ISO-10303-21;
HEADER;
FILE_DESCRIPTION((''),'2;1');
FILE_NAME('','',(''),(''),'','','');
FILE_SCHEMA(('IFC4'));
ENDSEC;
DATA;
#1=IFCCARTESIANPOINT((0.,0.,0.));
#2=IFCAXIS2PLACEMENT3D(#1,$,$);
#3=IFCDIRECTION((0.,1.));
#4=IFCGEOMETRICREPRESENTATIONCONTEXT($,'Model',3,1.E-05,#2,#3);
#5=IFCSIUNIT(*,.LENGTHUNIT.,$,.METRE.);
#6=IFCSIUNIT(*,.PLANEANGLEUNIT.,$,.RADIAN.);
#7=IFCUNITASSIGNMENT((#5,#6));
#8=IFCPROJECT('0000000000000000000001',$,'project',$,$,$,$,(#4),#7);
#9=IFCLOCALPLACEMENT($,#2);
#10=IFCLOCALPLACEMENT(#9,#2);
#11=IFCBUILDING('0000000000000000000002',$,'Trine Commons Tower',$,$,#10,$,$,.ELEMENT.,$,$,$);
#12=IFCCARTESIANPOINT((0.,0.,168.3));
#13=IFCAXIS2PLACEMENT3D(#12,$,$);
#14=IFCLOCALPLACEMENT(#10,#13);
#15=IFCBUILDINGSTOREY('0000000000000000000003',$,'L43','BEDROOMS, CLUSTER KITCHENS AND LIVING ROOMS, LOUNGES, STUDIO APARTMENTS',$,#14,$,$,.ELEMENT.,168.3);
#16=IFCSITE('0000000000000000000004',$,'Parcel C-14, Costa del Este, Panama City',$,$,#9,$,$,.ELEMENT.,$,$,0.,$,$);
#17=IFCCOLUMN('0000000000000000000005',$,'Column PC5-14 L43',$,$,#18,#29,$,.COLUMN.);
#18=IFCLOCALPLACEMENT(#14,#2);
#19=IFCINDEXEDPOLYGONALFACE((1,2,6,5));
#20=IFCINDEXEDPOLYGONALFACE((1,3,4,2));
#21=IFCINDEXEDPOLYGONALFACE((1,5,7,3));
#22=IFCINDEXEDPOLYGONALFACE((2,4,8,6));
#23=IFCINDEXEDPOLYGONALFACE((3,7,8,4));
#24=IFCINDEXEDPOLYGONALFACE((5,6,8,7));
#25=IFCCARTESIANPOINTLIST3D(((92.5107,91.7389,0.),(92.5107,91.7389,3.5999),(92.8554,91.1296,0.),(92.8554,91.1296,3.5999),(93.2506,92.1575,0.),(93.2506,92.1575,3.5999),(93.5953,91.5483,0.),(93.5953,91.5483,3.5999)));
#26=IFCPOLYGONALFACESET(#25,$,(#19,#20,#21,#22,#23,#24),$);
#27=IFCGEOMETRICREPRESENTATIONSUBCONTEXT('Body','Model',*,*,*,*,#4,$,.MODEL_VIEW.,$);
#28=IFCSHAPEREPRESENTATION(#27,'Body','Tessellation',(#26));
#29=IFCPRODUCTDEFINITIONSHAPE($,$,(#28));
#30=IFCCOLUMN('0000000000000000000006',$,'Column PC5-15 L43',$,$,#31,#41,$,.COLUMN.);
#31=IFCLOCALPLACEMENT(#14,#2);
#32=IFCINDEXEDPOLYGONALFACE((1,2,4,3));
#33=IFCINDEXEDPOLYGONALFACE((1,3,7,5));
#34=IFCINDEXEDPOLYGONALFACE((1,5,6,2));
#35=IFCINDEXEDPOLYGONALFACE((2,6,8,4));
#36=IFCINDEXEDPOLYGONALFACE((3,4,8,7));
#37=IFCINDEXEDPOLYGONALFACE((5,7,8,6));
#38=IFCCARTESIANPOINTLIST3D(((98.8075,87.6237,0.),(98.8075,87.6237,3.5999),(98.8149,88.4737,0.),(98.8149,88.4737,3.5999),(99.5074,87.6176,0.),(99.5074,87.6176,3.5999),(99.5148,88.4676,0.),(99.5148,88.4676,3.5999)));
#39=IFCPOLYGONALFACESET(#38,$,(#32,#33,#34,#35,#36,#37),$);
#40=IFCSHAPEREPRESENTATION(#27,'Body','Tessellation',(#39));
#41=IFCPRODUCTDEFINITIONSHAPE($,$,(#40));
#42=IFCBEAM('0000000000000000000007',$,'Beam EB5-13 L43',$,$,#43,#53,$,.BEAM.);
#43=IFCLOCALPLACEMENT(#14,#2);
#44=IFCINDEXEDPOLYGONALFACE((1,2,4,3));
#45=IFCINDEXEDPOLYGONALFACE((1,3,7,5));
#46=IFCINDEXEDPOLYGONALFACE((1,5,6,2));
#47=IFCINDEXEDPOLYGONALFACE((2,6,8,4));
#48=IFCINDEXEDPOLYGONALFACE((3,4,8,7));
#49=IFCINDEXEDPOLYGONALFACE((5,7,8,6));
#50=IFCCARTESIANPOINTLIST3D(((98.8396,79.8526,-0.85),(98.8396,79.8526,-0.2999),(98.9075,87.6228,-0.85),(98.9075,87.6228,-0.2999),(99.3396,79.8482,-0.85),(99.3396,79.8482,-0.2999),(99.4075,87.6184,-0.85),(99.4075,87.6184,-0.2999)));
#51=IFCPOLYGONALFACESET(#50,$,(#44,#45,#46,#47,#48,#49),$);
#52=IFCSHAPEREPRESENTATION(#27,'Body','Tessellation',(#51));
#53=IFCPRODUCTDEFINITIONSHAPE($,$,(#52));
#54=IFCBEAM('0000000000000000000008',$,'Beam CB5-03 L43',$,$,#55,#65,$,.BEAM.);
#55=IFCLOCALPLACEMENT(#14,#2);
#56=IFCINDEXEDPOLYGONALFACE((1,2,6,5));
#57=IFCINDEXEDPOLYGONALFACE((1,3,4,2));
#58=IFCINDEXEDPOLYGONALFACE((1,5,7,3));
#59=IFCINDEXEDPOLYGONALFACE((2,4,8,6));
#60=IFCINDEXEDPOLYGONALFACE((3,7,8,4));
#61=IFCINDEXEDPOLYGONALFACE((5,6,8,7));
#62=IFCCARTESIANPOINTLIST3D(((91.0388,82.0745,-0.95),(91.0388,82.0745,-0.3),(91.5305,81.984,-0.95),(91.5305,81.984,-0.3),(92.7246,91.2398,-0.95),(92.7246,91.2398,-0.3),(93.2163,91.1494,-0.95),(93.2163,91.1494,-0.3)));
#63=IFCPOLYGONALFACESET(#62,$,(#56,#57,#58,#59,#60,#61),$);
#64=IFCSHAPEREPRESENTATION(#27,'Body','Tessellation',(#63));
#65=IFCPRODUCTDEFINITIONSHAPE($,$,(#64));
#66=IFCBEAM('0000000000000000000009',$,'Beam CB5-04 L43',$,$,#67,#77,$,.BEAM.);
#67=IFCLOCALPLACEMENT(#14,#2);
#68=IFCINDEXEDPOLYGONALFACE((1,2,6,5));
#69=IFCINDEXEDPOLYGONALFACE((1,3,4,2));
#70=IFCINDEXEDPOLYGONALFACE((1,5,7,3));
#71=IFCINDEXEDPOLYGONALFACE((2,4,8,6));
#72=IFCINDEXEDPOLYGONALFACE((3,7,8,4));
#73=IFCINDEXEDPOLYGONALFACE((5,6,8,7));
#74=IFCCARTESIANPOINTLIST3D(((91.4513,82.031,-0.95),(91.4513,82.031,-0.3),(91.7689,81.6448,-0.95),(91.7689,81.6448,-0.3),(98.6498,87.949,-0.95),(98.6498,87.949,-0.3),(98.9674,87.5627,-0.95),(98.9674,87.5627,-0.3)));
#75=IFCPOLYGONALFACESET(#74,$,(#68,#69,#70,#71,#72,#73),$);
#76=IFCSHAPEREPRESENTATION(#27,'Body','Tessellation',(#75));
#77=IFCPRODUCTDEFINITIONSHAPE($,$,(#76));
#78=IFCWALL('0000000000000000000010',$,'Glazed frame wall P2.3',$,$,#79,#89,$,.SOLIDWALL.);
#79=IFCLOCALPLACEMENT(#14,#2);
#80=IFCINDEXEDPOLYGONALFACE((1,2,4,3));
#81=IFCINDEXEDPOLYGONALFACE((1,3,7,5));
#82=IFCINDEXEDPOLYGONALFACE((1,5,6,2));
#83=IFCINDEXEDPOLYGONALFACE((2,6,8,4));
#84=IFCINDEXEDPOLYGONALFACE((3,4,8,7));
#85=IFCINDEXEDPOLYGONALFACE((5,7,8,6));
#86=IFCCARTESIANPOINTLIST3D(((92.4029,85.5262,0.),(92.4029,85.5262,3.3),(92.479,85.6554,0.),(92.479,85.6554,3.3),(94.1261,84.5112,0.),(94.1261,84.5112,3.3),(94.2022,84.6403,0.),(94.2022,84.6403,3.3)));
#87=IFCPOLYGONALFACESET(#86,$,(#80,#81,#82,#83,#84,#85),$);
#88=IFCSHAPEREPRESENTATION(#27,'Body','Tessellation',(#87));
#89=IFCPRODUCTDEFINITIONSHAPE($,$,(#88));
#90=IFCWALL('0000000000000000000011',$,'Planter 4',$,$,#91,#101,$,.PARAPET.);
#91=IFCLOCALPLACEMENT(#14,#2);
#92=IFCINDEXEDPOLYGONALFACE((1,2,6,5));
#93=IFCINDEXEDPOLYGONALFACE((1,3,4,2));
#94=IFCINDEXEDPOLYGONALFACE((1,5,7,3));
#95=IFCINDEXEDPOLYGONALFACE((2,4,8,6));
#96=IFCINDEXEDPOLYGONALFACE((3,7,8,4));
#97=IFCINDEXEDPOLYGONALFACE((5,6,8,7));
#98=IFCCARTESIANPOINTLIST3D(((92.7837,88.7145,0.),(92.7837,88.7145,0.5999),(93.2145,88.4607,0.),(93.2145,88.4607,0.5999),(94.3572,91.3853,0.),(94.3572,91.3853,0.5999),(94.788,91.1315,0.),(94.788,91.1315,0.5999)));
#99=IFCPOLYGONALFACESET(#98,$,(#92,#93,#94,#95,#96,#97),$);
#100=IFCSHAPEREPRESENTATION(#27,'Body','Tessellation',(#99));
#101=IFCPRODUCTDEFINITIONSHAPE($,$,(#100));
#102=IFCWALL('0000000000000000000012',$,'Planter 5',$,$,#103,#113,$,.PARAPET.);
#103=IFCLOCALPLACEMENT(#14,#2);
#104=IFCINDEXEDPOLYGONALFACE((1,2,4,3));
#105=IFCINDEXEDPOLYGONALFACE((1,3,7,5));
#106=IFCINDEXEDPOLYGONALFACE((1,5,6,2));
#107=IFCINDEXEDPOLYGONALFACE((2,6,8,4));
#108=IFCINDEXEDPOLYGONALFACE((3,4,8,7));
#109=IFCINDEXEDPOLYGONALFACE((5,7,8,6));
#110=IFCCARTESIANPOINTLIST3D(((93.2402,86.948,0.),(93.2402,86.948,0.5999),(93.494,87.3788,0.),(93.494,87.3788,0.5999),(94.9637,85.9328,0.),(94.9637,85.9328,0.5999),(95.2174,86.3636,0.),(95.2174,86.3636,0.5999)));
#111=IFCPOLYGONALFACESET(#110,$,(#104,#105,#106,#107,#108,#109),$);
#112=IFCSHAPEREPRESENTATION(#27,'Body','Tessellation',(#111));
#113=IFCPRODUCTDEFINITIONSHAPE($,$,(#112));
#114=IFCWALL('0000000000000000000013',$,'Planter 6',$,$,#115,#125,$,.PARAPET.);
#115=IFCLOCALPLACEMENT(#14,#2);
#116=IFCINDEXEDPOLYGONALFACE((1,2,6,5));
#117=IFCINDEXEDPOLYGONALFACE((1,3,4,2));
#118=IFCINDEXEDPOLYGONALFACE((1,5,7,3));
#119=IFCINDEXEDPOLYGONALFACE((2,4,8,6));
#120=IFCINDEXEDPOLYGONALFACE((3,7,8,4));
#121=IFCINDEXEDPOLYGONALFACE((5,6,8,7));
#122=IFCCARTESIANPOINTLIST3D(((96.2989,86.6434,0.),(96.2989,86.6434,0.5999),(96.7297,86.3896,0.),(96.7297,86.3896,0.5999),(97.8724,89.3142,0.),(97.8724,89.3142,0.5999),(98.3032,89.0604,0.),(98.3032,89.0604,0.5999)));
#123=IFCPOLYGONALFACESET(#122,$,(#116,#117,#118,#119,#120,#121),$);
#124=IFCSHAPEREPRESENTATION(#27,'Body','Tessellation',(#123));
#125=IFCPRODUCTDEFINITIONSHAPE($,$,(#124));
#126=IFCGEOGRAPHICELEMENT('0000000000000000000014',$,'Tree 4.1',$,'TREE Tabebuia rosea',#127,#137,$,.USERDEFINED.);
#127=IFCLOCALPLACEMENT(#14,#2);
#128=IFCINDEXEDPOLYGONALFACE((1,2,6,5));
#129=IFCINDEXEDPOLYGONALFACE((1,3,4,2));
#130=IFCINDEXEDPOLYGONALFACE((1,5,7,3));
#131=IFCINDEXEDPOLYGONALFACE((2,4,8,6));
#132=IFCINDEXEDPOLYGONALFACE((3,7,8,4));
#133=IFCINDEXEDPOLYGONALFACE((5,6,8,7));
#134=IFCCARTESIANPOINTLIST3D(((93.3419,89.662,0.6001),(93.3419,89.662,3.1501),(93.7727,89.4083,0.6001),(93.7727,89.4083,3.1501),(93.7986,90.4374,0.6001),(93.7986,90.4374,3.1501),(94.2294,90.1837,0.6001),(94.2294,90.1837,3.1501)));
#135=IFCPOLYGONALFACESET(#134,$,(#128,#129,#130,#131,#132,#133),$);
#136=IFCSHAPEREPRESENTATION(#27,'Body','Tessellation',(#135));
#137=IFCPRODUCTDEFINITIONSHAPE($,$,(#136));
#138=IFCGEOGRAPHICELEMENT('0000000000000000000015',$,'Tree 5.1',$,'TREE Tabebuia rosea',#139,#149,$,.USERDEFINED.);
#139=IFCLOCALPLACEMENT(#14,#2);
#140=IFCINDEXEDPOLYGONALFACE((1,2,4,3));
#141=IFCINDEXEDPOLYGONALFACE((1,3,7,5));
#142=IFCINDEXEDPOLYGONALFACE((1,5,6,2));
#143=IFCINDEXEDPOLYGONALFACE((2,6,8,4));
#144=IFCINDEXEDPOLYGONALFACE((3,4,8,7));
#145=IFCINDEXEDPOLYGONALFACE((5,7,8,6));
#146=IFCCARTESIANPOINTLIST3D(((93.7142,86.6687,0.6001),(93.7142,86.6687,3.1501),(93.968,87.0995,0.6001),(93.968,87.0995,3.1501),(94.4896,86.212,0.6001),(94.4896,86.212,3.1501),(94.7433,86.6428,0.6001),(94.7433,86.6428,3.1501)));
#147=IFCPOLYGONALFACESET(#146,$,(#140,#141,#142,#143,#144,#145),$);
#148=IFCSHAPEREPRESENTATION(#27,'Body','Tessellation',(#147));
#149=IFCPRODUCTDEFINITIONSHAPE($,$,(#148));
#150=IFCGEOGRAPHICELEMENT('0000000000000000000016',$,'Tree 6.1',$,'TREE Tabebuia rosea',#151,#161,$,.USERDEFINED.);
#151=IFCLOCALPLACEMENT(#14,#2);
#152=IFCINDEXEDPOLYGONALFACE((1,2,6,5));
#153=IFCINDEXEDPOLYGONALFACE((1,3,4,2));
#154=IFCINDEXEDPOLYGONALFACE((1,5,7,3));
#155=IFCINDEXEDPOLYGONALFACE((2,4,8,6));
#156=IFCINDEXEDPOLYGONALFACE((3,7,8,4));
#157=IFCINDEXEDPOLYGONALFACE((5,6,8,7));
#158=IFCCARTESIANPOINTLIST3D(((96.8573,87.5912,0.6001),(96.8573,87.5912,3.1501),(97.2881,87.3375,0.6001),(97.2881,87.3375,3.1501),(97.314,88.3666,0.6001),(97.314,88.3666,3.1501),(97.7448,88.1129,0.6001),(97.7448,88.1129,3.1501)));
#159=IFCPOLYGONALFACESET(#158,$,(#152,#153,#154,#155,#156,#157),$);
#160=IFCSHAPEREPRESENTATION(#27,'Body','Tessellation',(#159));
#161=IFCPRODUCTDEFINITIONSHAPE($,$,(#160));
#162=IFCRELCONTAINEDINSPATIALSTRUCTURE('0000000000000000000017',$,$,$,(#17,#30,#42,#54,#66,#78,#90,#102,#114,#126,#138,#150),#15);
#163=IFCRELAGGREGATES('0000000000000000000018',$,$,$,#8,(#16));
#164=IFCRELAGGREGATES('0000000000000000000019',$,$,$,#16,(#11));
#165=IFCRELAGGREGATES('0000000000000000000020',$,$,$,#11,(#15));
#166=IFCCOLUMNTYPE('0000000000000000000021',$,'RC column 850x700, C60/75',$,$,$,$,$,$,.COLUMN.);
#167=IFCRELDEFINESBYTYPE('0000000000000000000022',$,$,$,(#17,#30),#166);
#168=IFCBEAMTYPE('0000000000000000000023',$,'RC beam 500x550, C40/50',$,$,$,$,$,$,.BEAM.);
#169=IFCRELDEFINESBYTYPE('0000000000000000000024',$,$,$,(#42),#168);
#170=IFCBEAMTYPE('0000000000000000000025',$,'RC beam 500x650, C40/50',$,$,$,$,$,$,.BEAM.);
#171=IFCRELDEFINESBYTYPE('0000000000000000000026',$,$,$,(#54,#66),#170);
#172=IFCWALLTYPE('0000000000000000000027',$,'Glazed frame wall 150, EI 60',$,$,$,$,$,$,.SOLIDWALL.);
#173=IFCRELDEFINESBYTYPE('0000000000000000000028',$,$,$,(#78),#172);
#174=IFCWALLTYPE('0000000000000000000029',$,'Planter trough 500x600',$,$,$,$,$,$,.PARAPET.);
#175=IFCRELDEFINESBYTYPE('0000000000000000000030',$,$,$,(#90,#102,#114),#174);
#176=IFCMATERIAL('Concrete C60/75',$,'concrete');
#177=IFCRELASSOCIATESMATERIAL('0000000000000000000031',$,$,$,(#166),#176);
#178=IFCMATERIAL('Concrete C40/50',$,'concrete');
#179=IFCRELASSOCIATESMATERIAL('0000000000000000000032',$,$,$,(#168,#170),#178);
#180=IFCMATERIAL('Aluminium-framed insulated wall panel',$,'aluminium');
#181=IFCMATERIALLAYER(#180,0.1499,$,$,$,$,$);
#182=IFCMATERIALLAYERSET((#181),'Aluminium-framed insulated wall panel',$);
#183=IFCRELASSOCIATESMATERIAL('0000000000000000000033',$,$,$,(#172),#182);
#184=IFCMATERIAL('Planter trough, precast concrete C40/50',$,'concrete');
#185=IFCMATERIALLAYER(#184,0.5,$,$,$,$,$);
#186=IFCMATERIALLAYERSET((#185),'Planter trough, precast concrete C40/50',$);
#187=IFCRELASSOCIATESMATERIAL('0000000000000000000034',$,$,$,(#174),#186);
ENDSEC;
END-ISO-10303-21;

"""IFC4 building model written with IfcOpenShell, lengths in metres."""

from ifc_helpers import new_model, si_unit, direction, frame, frame_2d, origin, origin_2d, place, context, subcontext, project, spatial, polyline, rectangle, outline, extrude, material, layer, layer_set, material_profile, profile_set, type_object, element, save


model = new_model("IFC4")

# Units and contexts
model_context = context("Model", 3, precision=1e-05, world=origin(), true_north=direction((0.0, 1.0)))
body_context = subcontext(model_context, "Body", "Model", "MODEL_VIEW")
ifc_project = project(units=[si_unit("LENGTHUNIT", "METRE"), si_unit("PLANEANGLEUNIT", "RADIAN")], contexts=[model_context])

# Site, building, storey
site_placement = place(None, origin())
site = spatial("IfcSite", under=ifc_project, at=site_placement, Name="Parcel C-14, Costa del Este, Panama City", CompositionType="ELEMENT", RefElevation=0.0)
building_placement = place(site_placement, origin())
building = spatial("IfcBuilding", under=site, at=building_placement, Name="Trine Commons Tower", CompositionType="ELEMENT")
storey_placement = place(building_placement, frame((0.0, 0.0, 168.3)))
storey = spatial("IfcBuildingStorey", under=building, at=storey_placement, Name="L43", Description="BEDROOMS, CLUSTER KITCHENS AND LIVING ROOMS, LOUNGES, STUDIO APARTMENTS", CompositionType="ELEMENT", Elevation=168.3)

# Columns
ifc_material_1 = material(Name="Concrete C60/75", Category="concrete")
ifc_material_profile_1 = material_profile(ifc_material_1, rectangle(XDim=0.8501, YDim=0.7, at=origin_2d()), Name="RC 850x700")
ifc_profile_set_1 = profile_set([ifc_material_profile_1], Name="Concrete C60/75")
column_type = type_object("IfcColumnType", Name="RC column 850x700, C60/75", PredefinedType="COLUMN", material=ifc_profile_set_1)
for number, where, z_axis, x_axis, name in (
    (1, (93.053, 91.6436, 0.0), (0.0, 0.0, 1.0), (0.870356, 0.492424, 0.0), "Column PC5-14 L43"),
    (2, (99.1611, 88.0457, 0.0), (0.0, 0.0, 1.0), (0.008727, 0.999962, 0.0), "Column PC5-15 L43"),
):
    element("IfcColumn", number, at=place(storey_placement, frame(where, z_axis=z_axis, x_axis=x_axis)), inside=storey, type_object=column_type, Name=name, PredefinedType="COLUMN", context=body_context, shape_type="SweptSolid", body=[
        extrude(rectangle(XDim=0.8501, YDim=0.7, at=origin_2d()), origin(), (0.0, 0.0, 1.0), 3.5999),
    ])

# Beams
ifc_material_2 = material(Name="Concrete C40/50", Category="concrete")
ifc_material_profile_2 = material_profile(ifc_material_2, rectangle(XDim=0.5, YDim=0.55, at=origin_2d()), Name="RC 500x550")
ifc_profile_set_2 = profile_set([ifc_material_profile_2], Name="Concrete C40/50")
beam_type_1 = type_object("IfcBeamType", Name="RC beam 500x550, C40/50", PredefinedType="BEAM", material=ifc_profile_set_2)
beam_1_placement = place(storey_placement, frame((99.1575, 87.6206, -0.575), z_axis=(-0.008734, -0.999962, 0.0), x_axis=(0.999962, -0.008734, 0.0)))
element("IfcBeam", 3, at=beam_1_placement, inside=storey, type_object=beam_type_1, Name="Beam EB5-13 L43", PredefinedType="BEAM", context=body_context, shape_type="SweptSolid", body=[
    extrude(rectangle(XDim=0.5, YDim=0.55, at=origin_2d()), origin(), (0.0, 0.0, 1.0), 7.7705),
])
ifc_material_profile_3 = material_profile(ifc_material_2, rectangle(XDim=0.5, YDim=0.6499, at=origin_2d()), Name="RC 500x650")
ifc_profile_set_3 = profile_set([ifc_material_profile_3], Name="Concrete C40/50")
beam_type_2 = type_object("IfcBeamType", Name="RC beam 500x650, C40/50", PredefinedType="BEAM", material=ifc_profile_set_3)
beam_2_placement = place(storey_placement, frame((92.9705, 91.1946, -0.625), z_axis=(-0.180898, -0.983502, 0.0), x_axis=(0.983502, -0.180898, 0.0)))
element("IfcBeam", 4, at=beam_2_placement, inside=storey, type_object=beam_type_2, Name="Beam CB5-03 L43", PredefinedType="BEAM", context=body_context, shape_type="SweptSolid", body=[
    extrude(rectangle(XDim=0.5, YDim=0.6499, at=origin_2d()), origin(), (0.0, 0.0, 1.0), 9.3191),
])
beam_3_placement = place(storey_placement, frame((98.8086, 87.7559, -0.625), z_axis=(-0.772467, -0.635055, 0.0), x_axis=(0.635055, -0.772467, 0.0)))
element("IfcBeam", 5, at=beam_3_placement, inside=storey, type_object=beam_type_2, Name="Beam CB5-04 L43", PredefinedType="BEAM", context=body_context, shape_type="SweptSolid", body=[
    extrude(rectangle(XDim=0.5, YDim=0.6499, at=origin_2d()), origin(), (0.0, 0.0, 1.0), 9.3188),
])

# Walls
ifc_material_3 = material(Name="Aluminium-framed insulated wall panel", Category="aluminium")
ifc_layer_1 = layer(ifc_material_3, 0.1499)
ifc_layer_set_1 = layer_set([ifc_layer_1], Name="Aluminium-framed insulated wall panel")
wall_type_1 = type_object("IfcWallType", Name="Glazed frame wall 150, EI 60", PredefinedType="SOLIDWALL", material=ifc_layer_set_1)
wall_1_placement = place(storey_placement, frame((92.4409, 85.5908, 0.0), z_axis=(0.0, 0.0, 1.0), x_axis=(0.861633, -0.507532, 0.0)))
element("IfcWall", 6, at=wall_1_placement, inside=storey, type_object=wall_type_1, Name="Glazed frame wall P2.3", PredefinedType="SOLIDWALL", context=body_context, shape_type="SweptSolid", body=[
    extrude(outline(polyline([(0.0, -0.075), (2.0, -0.075), (2.0, 0.075), (0.0, 0.075), (0.0, -0.075)])), origin(), (0.0, 0.0, 1.0), 3.3),
])
ifc_material_4 = material(Name="Planter trough, precast concrete C40/50", Category="concrete")
ifc_layer_2 = layer(ifc_material_4, 0.5)
ifc_layer_set_2 = layer_set([ifc_layer_2], Name="Planter trough, precast concrete C40/50")
wall_type_2 = type_object("IfcWallType", Name="Planter trough 500x600", PredefinedType="PARAPET", material=ifc_layer_set_2)
wall_2_placement = place(storey_placement, frame((94.5725, 91.2583, 0.0), z_axis=(0.0, 0.0, 1.0), x_axis=(-0.507588, -0.8616, 0.0)))
element("IfcWall", 7, at=wall_2_placement, inside=storey, type_object=wall_type_2, Name="Planter 4", PredefinedType="PARAPET", context=body_context, shape_type="SweptSolid", body=[
    extrude(rectangle(XDim=3.0999, YDim=0.5, at=frame_2d((1.5498, 0.0))), origin(), (0.0, 0.0, 1.0), 0.5999),
])
wall_3_placement = place(storey_placement, frame((93.3672, 87.1633, 0.0), z_axis=(0.0, 0.0, 1.0), x_axis=(0.861633, -0.507532, 0.0)))
element("IfcWall", 8, at=wall_3_placement, inside=storey, type_object=wall_type_2, Name="Planter 5", PredefinedType="PARAPET", context=body_context, shape_type="SweptSolid", body=[
    extrude(rectangle(XDim=2.0002, YDim=0.5, at=frame_2d((1.0, 0.0))), origin(), (0.0, 0.0, 1.0), 0.5999),
])
wall_4_placement = place(storey_placement, frame((96.5144, 86.5166, 0.0), z_axis=(0.0, 0.0, 1.0), x_axis=(0.507588, 0.8616, 0.0)))
element("IfcWall", 9, at=wall_4_placement, inside=storey, type_object=wall_type_2, Name="Planter 6", PredefinedType="PARAPET", context=body_context, shape_type="SweptSolid", body=[
    extrude(rectangle(XDim=3.0999, YDim=0.5, at=frame_2d((1.5498, 0.0))), origin(), (0.0, 0.0, 1.0), 0.5999),
])

# Geographic elements
for number, where, z_axis, x_axis, name in (
    (10, (93.7856, 89.9229, 0.6001), (0.0, 0.0, 1.0), (-0.50754, -0.861628, 0.0), "Tree 4.1"),
    (11, (94.2288, 86.6558, 0.6001), (0.0, 0.0, 1.0), (0.861628, -0.50754, 0.0), "Tree 5.1"),
    (12, (97.301, 87.8521, 0.6001), (0.0, 0.0, 1.0), (0.50754, 0.861628, 0.0), "Tree 6.1"),
):
    element("IfcGeographicElement", number, at=place(storey_placement, frame(where, z_axis=z_axis, x_axis=x_axis)), inside=storey, Name=name, ObjectType="TREE Tabebuia rosea", PredefinedType="USERDEFINED", context=body_context, shape_type="SweptSolid", body=[
        extrude(rectangle(XDim=0.8999, YDim=0.5, at=origin_2d()), origin(), (0.0, 0.0, 1.0), 2.55),
    ])

save(model, "model.ifc")
